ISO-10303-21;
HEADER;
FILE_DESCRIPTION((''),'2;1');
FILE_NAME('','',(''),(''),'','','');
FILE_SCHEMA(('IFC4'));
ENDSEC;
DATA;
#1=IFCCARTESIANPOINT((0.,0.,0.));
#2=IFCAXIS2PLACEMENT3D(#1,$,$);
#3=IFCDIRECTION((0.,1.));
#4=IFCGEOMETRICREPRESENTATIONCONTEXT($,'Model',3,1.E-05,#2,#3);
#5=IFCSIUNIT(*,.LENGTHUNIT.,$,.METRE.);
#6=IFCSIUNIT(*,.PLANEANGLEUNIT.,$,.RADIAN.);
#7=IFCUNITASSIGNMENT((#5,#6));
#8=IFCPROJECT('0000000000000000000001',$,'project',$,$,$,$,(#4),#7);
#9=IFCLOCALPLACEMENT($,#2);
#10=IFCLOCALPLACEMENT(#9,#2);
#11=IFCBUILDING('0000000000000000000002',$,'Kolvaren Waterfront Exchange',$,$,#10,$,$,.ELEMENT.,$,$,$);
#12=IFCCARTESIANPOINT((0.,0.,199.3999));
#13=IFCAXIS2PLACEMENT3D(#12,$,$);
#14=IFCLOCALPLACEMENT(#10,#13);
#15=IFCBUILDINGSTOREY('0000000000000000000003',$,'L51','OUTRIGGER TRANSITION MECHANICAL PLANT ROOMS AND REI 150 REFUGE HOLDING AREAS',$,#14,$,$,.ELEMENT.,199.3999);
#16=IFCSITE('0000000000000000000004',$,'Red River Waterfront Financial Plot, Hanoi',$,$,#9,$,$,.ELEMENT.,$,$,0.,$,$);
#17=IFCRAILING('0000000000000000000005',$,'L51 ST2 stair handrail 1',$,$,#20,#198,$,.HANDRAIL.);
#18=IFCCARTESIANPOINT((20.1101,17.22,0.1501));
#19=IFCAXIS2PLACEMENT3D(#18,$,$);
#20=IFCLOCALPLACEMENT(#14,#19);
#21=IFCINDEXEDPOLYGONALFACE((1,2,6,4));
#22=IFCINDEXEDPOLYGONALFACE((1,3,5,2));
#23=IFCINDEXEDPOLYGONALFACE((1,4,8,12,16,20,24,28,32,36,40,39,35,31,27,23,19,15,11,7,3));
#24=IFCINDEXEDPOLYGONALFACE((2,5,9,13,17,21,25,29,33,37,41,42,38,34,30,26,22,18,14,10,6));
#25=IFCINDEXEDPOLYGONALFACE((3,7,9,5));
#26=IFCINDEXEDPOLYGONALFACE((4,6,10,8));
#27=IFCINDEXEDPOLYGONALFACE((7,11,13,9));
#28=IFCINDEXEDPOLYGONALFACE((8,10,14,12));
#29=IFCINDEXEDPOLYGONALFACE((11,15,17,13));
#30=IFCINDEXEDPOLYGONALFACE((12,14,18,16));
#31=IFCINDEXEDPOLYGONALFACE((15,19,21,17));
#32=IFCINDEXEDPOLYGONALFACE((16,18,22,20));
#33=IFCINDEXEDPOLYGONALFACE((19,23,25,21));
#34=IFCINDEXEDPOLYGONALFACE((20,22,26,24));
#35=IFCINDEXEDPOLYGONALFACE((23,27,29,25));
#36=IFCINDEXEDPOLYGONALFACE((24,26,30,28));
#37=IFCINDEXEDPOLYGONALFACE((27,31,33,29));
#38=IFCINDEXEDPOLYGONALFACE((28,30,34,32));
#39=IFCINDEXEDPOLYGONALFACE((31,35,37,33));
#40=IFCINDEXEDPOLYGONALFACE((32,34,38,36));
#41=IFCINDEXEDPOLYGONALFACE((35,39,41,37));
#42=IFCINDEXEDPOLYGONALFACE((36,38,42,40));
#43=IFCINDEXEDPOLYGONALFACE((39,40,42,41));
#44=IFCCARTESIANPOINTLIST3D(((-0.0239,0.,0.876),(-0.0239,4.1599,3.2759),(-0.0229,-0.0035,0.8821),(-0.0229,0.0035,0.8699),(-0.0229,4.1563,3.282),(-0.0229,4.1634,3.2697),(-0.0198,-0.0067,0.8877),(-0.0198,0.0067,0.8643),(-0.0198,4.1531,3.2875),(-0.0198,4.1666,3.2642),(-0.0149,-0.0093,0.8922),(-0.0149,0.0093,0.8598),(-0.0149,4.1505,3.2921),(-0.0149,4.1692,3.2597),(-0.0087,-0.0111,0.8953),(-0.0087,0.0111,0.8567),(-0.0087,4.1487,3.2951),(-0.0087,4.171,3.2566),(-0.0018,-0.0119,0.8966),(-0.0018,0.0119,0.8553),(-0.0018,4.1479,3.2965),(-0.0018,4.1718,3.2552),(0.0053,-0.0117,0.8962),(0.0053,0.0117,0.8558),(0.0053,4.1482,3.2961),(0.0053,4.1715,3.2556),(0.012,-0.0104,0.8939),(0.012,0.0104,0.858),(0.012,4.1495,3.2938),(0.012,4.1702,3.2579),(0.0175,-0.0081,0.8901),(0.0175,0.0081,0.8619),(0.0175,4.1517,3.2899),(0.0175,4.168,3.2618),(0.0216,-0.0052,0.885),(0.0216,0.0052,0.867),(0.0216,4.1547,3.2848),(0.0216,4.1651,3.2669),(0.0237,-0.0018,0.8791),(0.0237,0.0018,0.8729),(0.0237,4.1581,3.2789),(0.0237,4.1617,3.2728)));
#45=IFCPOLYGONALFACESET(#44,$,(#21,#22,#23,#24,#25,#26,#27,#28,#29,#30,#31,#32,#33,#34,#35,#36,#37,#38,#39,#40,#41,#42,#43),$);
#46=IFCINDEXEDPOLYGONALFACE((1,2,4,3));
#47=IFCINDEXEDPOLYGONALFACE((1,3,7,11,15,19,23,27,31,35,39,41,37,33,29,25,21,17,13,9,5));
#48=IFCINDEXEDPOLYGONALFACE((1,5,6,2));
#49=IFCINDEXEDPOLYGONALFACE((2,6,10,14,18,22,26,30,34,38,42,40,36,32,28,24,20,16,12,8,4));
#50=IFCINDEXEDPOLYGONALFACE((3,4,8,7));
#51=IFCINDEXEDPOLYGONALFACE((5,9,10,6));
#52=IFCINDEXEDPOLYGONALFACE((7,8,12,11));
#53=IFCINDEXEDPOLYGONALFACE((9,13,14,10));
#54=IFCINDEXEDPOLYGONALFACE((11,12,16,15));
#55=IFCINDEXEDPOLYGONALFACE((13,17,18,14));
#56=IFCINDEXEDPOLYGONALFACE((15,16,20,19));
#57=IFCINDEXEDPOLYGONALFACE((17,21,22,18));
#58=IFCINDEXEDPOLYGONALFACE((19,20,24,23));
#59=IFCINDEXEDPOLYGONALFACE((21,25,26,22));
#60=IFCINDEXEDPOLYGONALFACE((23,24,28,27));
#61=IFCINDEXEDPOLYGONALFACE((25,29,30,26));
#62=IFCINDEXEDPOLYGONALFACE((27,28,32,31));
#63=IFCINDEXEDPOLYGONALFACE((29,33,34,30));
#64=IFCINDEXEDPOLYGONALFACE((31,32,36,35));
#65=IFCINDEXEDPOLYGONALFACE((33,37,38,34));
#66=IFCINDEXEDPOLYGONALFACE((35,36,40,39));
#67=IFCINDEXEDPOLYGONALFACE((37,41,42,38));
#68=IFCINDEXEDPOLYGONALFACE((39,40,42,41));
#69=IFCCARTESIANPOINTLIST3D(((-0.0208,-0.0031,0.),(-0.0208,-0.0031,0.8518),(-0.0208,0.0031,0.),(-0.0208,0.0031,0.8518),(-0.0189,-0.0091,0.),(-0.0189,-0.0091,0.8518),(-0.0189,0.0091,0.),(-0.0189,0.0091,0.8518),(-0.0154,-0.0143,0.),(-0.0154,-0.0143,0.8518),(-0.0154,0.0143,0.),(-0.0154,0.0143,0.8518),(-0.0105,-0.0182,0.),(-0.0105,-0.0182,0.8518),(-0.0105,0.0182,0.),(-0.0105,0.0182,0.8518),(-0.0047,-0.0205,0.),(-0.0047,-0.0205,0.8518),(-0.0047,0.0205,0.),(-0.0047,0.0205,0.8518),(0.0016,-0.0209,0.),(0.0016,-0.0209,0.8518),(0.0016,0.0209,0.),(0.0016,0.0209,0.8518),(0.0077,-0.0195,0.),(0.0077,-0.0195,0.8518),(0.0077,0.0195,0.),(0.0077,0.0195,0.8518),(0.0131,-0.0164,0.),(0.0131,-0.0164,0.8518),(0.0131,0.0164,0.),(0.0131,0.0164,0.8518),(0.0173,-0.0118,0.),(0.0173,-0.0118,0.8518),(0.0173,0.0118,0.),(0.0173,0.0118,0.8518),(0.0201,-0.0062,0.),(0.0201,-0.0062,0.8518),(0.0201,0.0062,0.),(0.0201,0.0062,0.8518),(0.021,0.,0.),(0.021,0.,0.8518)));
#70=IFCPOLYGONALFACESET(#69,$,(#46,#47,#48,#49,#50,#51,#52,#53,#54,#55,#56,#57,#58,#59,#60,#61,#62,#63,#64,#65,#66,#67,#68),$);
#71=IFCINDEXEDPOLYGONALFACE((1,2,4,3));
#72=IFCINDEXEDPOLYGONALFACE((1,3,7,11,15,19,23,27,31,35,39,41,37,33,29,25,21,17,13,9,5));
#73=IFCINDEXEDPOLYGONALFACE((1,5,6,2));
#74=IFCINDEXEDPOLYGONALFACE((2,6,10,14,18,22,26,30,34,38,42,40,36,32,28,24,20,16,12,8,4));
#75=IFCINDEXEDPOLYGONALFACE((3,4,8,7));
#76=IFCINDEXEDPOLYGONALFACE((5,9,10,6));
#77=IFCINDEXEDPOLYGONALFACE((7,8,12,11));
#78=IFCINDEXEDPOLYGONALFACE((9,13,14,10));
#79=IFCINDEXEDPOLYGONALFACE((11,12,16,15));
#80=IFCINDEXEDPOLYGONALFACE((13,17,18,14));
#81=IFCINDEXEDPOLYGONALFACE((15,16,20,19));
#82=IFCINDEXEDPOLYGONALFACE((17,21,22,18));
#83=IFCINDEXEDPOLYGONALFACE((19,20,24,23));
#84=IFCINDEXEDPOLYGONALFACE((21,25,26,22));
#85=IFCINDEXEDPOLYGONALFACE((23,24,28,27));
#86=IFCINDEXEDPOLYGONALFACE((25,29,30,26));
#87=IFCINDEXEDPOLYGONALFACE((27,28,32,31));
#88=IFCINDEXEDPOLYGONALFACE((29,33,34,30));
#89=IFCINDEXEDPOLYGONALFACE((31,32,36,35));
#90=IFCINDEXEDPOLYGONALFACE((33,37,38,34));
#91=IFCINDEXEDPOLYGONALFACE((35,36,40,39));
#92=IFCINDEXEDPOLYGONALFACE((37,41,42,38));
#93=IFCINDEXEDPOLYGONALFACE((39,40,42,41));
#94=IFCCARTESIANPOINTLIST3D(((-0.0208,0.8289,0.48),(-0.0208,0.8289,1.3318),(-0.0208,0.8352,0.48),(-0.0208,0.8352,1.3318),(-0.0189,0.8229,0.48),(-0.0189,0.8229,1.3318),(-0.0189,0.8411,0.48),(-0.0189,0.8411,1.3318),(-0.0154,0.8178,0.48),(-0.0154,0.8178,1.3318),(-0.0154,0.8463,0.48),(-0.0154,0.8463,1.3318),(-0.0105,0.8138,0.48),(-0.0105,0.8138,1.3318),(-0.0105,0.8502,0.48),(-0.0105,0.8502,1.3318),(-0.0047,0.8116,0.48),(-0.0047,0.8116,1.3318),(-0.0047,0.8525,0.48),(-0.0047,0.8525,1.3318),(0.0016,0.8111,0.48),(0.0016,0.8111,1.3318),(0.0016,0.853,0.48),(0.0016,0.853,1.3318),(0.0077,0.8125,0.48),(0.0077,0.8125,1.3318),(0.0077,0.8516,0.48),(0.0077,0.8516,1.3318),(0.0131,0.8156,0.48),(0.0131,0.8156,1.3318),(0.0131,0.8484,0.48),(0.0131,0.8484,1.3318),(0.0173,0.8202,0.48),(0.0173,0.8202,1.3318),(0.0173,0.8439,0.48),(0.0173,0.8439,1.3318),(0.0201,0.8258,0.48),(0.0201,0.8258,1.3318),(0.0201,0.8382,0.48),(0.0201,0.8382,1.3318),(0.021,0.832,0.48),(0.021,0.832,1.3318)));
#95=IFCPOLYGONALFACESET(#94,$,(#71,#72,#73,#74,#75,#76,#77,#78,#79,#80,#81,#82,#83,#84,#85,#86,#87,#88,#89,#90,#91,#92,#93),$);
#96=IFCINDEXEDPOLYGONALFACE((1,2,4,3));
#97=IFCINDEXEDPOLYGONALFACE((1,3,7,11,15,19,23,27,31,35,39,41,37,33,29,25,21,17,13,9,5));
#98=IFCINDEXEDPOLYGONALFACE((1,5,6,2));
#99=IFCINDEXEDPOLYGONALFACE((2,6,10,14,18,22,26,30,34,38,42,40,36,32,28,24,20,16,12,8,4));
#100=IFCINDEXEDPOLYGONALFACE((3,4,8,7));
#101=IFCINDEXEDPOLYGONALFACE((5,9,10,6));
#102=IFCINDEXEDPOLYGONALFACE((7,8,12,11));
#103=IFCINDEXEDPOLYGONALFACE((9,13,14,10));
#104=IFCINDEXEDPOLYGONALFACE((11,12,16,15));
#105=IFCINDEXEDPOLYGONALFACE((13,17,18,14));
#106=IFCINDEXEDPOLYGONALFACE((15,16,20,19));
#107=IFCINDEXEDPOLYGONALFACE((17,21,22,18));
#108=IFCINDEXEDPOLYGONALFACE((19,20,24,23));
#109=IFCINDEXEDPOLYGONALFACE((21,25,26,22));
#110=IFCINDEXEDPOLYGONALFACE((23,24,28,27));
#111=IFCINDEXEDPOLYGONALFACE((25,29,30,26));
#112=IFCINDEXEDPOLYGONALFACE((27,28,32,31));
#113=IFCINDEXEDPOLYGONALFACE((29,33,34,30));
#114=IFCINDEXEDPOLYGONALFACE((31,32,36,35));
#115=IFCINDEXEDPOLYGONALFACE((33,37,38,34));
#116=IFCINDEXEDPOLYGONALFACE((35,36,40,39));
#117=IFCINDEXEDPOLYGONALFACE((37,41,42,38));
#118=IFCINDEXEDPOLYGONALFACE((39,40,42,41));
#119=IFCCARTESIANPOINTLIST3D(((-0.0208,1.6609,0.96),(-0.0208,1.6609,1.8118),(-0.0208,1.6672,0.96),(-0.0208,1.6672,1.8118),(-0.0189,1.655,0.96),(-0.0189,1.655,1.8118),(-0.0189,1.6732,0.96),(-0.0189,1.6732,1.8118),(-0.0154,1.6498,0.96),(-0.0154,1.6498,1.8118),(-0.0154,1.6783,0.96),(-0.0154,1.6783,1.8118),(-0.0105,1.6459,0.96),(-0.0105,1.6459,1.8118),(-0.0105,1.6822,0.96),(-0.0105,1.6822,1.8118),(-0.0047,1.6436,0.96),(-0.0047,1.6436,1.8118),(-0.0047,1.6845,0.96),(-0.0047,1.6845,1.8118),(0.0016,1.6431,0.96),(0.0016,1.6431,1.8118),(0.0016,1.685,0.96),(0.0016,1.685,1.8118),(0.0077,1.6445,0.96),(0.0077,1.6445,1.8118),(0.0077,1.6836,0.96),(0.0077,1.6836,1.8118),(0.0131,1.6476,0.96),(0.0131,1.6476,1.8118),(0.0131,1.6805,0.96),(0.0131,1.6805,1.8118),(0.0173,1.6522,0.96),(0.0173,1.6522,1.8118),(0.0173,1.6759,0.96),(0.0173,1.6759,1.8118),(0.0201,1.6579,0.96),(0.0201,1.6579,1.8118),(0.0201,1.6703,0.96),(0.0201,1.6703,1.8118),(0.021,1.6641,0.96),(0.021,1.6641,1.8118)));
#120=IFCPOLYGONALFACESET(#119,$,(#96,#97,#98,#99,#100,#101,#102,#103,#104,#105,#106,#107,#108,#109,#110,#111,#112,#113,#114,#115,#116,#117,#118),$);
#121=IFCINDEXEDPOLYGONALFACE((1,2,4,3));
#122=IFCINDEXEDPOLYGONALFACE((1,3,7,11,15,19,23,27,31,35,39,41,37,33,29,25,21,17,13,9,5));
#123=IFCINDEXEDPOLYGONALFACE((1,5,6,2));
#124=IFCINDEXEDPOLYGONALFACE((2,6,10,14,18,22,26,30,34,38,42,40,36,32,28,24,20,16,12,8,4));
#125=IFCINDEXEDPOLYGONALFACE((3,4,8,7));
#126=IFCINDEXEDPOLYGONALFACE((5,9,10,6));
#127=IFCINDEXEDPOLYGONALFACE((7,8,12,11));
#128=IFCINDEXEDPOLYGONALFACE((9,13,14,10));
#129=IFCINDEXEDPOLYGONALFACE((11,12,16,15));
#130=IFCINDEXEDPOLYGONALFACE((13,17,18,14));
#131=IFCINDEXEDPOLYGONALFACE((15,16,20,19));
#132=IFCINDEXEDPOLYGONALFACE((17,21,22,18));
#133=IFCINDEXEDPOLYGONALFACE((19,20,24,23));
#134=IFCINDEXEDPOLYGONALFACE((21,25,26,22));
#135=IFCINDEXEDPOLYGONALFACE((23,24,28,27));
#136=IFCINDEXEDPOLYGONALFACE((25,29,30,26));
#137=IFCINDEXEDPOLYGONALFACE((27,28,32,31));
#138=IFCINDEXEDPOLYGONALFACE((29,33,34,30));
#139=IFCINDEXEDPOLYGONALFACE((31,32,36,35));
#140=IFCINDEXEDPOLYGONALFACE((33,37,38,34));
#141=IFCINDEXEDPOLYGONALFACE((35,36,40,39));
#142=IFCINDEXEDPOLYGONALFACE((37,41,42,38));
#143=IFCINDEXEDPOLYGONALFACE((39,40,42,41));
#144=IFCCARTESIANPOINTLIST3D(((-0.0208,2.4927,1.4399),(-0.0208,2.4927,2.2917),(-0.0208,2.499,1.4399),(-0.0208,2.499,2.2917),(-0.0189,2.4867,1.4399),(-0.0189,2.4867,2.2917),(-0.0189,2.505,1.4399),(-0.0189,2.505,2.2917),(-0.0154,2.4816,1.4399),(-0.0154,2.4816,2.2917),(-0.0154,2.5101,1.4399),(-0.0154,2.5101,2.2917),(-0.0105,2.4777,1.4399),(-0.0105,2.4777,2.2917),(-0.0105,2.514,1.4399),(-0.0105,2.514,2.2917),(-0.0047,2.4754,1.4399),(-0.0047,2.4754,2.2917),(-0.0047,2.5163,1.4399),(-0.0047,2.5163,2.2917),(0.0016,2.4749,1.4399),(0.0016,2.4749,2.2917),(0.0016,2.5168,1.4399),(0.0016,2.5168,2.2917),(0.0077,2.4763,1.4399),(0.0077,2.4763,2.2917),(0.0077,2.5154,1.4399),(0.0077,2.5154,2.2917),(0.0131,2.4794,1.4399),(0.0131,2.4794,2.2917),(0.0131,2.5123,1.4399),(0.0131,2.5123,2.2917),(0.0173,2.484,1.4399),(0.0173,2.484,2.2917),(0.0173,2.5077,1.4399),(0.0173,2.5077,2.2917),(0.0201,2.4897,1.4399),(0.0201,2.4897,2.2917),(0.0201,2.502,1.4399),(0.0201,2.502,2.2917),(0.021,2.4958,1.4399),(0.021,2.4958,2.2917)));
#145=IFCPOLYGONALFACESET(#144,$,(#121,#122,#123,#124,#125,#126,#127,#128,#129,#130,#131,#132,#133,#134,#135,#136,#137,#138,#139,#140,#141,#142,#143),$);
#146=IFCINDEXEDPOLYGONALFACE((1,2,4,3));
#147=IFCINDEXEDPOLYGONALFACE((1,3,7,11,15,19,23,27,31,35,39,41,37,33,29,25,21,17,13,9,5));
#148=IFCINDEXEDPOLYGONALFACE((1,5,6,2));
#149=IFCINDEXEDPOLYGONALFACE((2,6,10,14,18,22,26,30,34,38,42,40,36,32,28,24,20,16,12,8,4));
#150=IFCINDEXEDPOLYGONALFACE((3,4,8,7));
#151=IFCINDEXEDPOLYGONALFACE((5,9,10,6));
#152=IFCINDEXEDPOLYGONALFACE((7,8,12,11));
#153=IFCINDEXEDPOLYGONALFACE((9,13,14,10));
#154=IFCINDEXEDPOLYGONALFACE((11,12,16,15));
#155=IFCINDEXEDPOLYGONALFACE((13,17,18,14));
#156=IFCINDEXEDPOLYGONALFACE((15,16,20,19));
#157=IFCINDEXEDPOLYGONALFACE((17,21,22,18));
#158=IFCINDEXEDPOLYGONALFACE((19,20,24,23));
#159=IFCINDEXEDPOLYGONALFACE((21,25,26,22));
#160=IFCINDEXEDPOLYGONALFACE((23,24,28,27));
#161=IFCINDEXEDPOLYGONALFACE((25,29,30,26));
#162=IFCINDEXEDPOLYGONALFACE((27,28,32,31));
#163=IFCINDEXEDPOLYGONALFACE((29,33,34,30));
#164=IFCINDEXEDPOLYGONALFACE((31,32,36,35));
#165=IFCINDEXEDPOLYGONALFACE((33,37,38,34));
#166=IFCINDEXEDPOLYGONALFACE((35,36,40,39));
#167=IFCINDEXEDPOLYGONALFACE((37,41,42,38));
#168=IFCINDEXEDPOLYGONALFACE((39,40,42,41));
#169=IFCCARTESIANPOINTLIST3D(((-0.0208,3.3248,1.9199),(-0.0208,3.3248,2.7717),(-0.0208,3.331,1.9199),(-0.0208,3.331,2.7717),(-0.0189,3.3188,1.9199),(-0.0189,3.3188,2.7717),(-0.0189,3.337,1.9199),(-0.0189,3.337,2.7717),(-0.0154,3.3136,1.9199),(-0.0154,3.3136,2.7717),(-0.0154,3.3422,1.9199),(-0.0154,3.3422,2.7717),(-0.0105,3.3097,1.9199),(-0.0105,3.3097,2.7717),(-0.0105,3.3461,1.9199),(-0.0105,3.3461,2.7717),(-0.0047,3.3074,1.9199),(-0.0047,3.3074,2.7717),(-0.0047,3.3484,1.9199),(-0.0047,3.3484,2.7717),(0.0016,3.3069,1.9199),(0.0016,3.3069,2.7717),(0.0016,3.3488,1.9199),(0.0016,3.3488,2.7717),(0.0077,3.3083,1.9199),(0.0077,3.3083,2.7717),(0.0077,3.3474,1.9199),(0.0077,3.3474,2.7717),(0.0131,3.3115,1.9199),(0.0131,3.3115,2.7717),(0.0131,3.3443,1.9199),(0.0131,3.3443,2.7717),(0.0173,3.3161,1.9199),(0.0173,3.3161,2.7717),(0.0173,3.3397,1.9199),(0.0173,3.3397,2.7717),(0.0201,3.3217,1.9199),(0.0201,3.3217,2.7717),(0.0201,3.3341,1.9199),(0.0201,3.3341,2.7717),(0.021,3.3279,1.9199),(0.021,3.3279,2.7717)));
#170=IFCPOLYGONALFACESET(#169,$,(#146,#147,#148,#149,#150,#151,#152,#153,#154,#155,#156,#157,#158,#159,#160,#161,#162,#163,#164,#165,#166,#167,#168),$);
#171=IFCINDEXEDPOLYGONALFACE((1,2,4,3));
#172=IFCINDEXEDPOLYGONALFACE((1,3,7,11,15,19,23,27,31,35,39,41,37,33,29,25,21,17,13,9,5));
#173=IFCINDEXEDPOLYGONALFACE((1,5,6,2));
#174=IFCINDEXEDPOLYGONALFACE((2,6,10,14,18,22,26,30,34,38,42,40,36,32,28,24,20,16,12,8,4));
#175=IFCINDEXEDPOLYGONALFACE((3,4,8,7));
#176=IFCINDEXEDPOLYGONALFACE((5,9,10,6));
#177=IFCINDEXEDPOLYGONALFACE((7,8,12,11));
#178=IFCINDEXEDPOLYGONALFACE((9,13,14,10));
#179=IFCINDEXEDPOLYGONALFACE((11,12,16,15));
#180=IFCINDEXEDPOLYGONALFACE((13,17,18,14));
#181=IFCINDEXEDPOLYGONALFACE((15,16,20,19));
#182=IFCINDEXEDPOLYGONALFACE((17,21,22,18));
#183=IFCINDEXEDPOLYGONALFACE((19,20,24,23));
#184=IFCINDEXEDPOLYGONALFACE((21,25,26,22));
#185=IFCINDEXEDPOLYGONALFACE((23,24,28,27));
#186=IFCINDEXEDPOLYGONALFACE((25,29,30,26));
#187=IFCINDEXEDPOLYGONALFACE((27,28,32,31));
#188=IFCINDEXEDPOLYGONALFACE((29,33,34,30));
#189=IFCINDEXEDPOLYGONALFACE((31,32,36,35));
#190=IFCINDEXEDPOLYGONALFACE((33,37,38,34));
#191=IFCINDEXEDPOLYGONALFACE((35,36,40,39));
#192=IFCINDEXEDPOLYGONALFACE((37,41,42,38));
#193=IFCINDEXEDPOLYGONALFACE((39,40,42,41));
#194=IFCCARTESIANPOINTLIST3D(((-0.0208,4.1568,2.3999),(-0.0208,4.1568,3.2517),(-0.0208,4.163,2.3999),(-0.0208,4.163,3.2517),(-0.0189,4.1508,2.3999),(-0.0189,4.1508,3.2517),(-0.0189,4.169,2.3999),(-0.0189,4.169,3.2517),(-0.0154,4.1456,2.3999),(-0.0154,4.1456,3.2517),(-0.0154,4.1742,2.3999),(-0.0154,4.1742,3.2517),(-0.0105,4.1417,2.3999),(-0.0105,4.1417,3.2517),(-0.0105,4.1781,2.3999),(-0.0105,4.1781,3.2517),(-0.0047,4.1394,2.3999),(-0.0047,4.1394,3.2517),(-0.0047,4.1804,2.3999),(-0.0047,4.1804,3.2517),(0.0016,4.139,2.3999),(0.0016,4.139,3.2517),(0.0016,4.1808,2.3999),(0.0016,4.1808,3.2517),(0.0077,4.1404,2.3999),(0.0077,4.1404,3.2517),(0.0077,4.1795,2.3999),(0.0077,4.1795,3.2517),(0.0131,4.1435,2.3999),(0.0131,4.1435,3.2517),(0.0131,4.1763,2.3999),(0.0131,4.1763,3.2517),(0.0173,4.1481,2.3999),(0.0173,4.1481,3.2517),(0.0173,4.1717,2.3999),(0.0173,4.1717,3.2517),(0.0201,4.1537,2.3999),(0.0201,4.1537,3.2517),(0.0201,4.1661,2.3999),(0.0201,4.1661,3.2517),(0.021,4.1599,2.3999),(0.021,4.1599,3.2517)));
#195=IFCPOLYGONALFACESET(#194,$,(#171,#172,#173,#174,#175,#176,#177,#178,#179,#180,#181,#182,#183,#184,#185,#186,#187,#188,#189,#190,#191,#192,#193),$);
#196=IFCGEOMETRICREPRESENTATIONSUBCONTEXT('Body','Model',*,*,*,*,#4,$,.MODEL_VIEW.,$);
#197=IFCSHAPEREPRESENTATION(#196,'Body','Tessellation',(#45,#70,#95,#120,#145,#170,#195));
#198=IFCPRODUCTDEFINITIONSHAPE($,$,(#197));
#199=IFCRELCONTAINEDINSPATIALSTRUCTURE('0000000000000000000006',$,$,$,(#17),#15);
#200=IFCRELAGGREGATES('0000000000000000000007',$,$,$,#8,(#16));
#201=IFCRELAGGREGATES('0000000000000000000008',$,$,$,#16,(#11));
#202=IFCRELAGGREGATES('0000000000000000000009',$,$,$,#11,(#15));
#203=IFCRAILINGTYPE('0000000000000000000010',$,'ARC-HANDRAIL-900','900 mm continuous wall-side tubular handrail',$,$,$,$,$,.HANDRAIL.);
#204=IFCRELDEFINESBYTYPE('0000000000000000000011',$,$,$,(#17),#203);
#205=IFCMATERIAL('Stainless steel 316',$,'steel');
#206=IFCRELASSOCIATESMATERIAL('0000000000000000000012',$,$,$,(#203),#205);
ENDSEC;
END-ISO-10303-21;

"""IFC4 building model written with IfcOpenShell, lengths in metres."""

from ifc_helpers import new_model, si_unit, direction, frame, origin, origin_2d, place, context, subcontext, project, spatial, circle, extrude, material, type_object, element, save


model = new_model("IFC4")

# Units and contexts
model_context = context("Model", 3, precision=1e-05, world=origin(), true_north=direction((0.0, 1.0)))
body_context = subcontext(model_context, "Body", "Model", "MODEL_VIEW")
ifc_project = project(units=[si_unit("LENGTHUNIT", "METRE"), si_unit("PLANEANGLEUNIT", "RADIAN")], contexts=[model_context])

# Site, building, storey
site_placement = place(None, origin())
site = spatial("IfcSite", under=ifc_project, at=site_placement, Name="Red River Waterfront Financial Plot, Hanoi", CompositionType="ELEMENT", RefElevation=0.0)
building_placement = place(site_placement, origin())
building = spatial("IfcBuilding", under=site, at=building_placement, Name="Kolvaren Waterfront Exchange", CompositionType="ELEMENT")
storey_placement = place(building_placement, frame((0.0, 0.0, 199.3999)))
storey = spatial("IfcBuildingStorey", under=building, at=storey_placement, Name="L51", Description="OUTRIGGER TRANSITION MECHANICAL PLANT ROOMS AND REI 150 REFUGE HOLDING AREAS", CompositionType="ELEMENT", Elevation=199.3999)

# Railing
ifc_material_1 = material(Name="Stainless steel 316", Category="steel")
railing_type = type_object("IfcRailingType", Name="ARC-HANDRAIL-900", Description="900 mm continuous wall-side tubular handrail", PredefinedType="HANDRAIL", material=ifc_material_1)
railing_placement = place(storey_placement, frame((20.1101, 17.22, 0.1501)))
element("IfcRailing", 1, at=railing_placement, inside=storey, type_object=railing_type, Name="L51 ST2 stair handrail 1", PredefinedType="HANDRAIL", context=body_context, shape_type="SweptSolid", body=[
    extrude(circle(Radius=0.0239, at=origin_2d()), frame((0.0, 0.0, 0.876), z_axis=(0.0, 0.86619, 0.499715), x_axis=(-1.0, 0.0, 0.0)), (0.0, 0.0, 1.0), 4.8025),
    extrude(circle(Radius=0.021, at=origin_2d()), origin(), (0.0, 0.0, 1.0), 0.8518),
    extrude(circle(Radius=0.021, at=origin_2d()), frame((0.0, 0.832, 0.48)), (0.0, 0.0, 1.0), 0.8518),
    extrude(circle(Radius=0.021, at=origin_2d()), frame((0.0, 1.6641, 0.96)), (0.0, 0.0, 1.0), 0.8518),
    extrude(circle(Radius=0.021, at=origin_2d()), frame((0.0, 2.4958, 1.4399)), (0.0, 0.0, 1.0), 0.8518),
    extrude(circle(Radius=0.021, at=origin_2d()), frame((0.0, 3.3279, 1.9199)), (0.0, 0.0, 1.0), 0.8518),
    extrude(circle(Radius=0.021, at=origin_2d()), frame((0.0, 4.1599, 2.3999)), (0.0, 0.0, 1.0), 0.8518),
])

save(model, "model.ifc")
